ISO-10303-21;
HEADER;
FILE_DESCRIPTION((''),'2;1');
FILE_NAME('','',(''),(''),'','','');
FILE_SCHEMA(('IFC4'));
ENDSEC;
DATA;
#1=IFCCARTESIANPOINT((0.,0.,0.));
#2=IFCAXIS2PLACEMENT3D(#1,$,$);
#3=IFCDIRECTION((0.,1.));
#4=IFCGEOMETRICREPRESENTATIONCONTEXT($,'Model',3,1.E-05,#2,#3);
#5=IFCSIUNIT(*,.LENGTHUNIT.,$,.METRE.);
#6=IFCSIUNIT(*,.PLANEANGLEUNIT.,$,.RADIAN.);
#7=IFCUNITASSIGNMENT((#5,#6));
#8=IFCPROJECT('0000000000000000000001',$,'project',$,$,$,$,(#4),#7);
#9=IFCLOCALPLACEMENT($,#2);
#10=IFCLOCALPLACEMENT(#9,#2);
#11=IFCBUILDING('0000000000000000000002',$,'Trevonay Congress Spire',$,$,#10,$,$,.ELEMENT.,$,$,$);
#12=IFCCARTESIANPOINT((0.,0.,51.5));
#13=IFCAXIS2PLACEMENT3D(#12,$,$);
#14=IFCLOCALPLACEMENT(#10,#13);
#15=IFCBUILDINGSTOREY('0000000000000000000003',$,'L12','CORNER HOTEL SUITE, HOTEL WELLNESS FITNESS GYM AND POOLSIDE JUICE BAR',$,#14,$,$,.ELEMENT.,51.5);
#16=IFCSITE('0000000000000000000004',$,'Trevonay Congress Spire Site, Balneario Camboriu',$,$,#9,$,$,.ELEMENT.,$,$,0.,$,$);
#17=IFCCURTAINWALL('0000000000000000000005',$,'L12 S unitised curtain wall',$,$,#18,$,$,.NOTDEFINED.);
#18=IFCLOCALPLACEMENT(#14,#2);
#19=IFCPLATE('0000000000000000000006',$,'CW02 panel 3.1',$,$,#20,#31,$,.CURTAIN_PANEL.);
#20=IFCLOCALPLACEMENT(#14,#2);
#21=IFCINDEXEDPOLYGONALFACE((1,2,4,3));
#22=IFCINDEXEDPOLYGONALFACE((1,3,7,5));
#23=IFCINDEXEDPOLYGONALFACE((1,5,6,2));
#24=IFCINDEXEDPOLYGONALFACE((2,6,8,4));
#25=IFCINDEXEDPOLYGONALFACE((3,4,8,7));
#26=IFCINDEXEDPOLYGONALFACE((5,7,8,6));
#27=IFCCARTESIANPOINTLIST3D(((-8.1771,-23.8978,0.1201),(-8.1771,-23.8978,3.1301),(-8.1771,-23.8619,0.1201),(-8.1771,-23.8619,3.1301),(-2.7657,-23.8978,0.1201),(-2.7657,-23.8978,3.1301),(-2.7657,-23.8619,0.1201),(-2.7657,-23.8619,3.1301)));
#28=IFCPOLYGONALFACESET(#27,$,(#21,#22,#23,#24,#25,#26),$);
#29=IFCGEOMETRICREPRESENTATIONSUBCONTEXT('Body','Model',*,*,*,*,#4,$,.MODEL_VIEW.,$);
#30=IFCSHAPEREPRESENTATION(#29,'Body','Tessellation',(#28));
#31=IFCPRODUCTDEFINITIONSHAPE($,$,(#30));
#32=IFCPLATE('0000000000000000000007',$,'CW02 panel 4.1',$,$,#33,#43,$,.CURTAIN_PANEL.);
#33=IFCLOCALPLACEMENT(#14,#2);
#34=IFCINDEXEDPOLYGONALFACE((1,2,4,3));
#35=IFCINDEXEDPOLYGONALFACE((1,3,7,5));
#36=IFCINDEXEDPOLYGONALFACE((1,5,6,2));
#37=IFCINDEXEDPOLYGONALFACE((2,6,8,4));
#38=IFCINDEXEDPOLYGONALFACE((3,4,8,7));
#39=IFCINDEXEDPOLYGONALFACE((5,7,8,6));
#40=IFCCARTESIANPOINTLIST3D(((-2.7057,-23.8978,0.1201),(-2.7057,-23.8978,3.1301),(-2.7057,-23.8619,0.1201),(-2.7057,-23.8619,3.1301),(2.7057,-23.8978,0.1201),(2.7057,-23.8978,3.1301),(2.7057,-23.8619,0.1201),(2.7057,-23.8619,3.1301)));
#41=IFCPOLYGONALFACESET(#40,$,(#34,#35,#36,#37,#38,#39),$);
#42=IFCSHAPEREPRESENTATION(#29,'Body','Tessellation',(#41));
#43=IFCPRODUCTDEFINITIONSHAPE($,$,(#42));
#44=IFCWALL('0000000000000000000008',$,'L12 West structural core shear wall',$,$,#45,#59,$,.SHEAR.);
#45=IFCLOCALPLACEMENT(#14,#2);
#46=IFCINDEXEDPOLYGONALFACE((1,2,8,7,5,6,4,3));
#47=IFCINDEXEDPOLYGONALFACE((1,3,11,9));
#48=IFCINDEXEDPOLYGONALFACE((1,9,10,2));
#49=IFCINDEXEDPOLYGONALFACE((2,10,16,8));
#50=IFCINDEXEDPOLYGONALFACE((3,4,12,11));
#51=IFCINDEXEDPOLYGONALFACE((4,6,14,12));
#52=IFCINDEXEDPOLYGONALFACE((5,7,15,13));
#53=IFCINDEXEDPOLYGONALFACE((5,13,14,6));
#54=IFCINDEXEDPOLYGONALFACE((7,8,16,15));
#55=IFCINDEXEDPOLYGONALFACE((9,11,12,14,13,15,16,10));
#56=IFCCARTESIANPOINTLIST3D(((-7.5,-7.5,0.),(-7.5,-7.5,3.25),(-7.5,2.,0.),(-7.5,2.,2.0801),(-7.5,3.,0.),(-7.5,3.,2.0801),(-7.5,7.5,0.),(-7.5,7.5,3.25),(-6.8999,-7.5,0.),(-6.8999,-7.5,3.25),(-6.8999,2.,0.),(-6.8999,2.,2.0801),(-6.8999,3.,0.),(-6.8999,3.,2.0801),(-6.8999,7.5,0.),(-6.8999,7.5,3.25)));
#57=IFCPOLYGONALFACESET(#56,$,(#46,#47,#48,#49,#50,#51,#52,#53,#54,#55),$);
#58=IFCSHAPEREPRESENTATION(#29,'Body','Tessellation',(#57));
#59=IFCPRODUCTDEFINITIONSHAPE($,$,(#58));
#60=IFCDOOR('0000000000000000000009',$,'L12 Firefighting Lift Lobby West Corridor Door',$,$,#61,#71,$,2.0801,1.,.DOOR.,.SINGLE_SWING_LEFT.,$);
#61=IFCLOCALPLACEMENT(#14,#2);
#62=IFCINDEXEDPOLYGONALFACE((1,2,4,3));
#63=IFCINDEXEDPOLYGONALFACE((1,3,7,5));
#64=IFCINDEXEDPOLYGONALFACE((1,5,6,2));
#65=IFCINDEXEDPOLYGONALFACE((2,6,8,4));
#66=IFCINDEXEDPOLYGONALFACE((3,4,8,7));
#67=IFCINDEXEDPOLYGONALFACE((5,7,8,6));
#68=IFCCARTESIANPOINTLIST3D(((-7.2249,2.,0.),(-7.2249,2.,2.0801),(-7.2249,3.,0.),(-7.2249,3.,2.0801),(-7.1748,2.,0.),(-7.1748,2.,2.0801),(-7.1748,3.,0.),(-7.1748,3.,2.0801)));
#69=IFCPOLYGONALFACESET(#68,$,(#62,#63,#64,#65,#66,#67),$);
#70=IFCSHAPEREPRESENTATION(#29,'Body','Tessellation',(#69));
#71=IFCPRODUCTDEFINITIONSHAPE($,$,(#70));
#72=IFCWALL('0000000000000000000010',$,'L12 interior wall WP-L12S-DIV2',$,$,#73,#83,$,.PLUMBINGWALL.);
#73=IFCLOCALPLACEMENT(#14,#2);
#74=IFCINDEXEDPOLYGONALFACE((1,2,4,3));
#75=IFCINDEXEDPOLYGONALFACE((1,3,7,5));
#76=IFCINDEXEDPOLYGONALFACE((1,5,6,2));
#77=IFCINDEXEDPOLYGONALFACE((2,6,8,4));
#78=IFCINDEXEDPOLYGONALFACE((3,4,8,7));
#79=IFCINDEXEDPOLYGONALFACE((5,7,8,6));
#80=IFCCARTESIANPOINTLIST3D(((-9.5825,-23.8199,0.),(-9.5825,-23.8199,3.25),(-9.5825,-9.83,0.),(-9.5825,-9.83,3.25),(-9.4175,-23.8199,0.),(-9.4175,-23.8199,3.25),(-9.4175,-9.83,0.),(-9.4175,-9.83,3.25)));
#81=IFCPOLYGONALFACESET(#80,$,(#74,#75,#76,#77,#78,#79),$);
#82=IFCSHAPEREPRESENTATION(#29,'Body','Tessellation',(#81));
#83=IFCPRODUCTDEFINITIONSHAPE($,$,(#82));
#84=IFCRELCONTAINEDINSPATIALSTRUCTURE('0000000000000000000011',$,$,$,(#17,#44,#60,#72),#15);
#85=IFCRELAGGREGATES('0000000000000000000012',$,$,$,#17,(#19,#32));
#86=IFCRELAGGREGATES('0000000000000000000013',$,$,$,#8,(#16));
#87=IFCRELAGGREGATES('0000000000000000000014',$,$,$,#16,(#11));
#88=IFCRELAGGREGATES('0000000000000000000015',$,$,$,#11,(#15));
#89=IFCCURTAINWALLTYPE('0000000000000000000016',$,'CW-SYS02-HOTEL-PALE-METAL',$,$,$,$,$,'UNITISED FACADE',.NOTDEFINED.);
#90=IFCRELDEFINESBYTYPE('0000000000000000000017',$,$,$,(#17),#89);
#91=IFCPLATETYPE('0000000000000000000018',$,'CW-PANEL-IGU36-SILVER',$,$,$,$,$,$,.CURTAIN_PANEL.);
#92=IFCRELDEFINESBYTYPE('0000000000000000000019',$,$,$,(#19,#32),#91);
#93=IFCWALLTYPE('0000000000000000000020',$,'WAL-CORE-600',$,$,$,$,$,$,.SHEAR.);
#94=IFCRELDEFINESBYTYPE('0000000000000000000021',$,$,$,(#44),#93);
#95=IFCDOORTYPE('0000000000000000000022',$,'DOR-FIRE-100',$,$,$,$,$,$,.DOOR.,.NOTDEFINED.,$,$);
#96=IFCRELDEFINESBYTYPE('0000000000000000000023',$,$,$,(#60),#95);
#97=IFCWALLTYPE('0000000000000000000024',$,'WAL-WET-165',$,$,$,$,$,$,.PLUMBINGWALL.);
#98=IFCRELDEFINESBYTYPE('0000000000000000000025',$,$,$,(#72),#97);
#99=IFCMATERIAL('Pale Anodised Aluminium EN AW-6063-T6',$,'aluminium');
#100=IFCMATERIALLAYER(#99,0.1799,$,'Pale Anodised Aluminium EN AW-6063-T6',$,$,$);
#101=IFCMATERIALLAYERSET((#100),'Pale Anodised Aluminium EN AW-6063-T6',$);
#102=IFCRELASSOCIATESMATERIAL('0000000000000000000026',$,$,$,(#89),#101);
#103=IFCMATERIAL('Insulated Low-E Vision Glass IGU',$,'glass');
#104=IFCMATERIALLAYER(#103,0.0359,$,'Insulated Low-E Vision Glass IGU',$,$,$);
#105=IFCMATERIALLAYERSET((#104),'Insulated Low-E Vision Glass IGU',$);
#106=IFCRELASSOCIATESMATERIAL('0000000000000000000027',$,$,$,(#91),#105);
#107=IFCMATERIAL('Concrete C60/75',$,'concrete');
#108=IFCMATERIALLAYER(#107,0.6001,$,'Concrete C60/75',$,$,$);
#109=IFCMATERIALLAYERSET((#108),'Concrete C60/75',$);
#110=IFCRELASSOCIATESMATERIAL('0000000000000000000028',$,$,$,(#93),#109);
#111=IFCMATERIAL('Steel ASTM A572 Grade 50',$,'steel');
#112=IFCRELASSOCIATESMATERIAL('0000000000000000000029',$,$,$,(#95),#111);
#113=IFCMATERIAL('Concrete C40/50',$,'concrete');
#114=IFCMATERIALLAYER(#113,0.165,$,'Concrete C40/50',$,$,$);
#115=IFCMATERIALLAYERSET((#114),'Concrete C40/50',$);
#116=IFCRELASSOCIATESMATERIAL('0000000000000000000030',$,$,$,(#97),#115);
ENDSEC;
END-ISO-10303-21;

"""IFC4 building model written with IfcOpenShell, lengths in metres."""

from ifc_helpers import new_model, si_unit, direction, frame, frame_2d, origin, origin_2d, place, context, subcontext, project, spatial, rectangle, extrude, material, layer, layer_set, type_object, element, fill, aggregate, save


model = new_model("IFC4")

# Units and contexts
model_context = context("Model", 3, precision=1e-05, world=origin(), true_north=direction((0.0, 1.0)))
body_context = subcontext(model_context, "Body", "Model", "MODEL_VIEW")
ifc_project = project(units=[si_unit("LENGTHUNIT", "METRE"), si_unit("PLANEANGLEUNIT", "RADIAN")], contexts=[model_context])

# Site, building, storey
site_placement = place(None, origin())
site = spatial("IfcSite", under=ifc_project, at=site_placement, Name="Trevonay Congress Spire Site, Balneario Camboriu", CompositionType="ELEMENT", RefElevation=0.0)
building_placement = place(site_placement, origin())
building = spatial("IfcBuilding", under=site, at=building_placement, Name="Trevonay Congress Spire", CompositionType="ELEMENT")
storey_placement = place(building_placement, frame((0.0, 0.0, 51.5)))
storey = spatial("IfcBuildingStorey", under=building, at=storey_placement, Name="L12", Description="CORNER HOTEL SUITE, HOTEL WELLNESS FITNESS GYM AND POOLSIDE JUICE BAR", CompositionType="ELEMENT", Elevation=51.5)

# Shared definitions
ifc_material_1 = material(Name="Steel ASTM A572 Grade 50", Category="steel")

# Curtain wall
ifc_material_2 = material(Name="Pale Anodised Aluminium EN AW-6063-T6", Category="aluminium")
ifc_layer_1 = layer(ifc_material_2, 0.1799, Name="Pale Anodised Aluminium EN AW-6063-T6")
ifc_layer_set_1 = layer_set([ifc_layer_1], Name="Pale Anodised Aluminium EN AW-6063-T6")
curtain_wall_type = type_object("IfcCurtainWallType", Name="CW-SYS02-HOTEL-PALE-METAL", ElementType="UNITISED FACADE", PredefinedType="NOTDEFINED", material=ifc_layer_set_1)
curtain_wall_placement = place(storey_placement, origin())
curtain_wall = element("IfcCurtainWall", 1, at=curtain_wall_placement, inside=storey, type_object=curtain_wall_type, Name="L12 S unitised curtain wall", PredefinedType="NOTDEFINED")

# Plates
ifc_material_3 = material(Name="Insulated Low-E Vision Glass IGU", Category="glass")
ifc_layer_2 = layer(ifc_material_3, 0.0359, Name="Insulated Low-E Vision Glass IGU")
ifc_layer_set_2 = layer_set([ifc_layer_2], Name="Insulated Low-E Vision Glass IGU")
plate_type = type_object("IfcPlateType", Name="CW-PANEL-IGU36-SILVER", PredefinedType="CURTAIN_PANEL", material=ifc_layer_set_2)
plate_1_placement = place(storey_placement, frame((-5.4714, -23.8799, 0.1201), z_axis=(0.0, 0.0, 1.0), x_axis=(1.0, 0.0, 0.0)))
plate_1 = element("IfcPlate", 2, at=plate_1_placement, type_object=plate_type, Name="CW02 panel 3.1", PredefinedType="CURTAIN_PANEL", context=body_context, shape_type="SweptSolid", body=[
    extrude(rectangle(XDim=5.4114, YDim=0.0359, at=origin_2d()), origin(), (0.0, 0.0, 1.0), 3.01),
])
plate_2_placement = place(storey_placement, frame((0.0, -23.8799, 0.1201), z_axis=(0.0, 0.0, 1.0), x_axis=(1.0, 0.0, 0.0)))
plate_2 = element("IfcPlate", 3, at=plate_2_placement, type_object=plate_type, Name="CW02 panel 4.1", PredefinedType="CURTAIN_PANEL", context=body_context, shape_type="SweptSolid", body=[
    extrude(rectangle(XDim=5.4114, YDim=0.0359, at=origin_2d()), origin(), (0.0, 0.0, 1.0), 3.01),
])
aggregate(curtain_wall, [plate_1, plate_2])

# Wall, opening, door
ifc_material_4 = material(Name="Concrete C60/75", Category="concrete")
ifc_layer_3 = layer(ifc_material_4, 0.6001, Name="Concrete C60/75")
ifc_layer_set_3 = layer_set([ifc_layer_3], Name="Concrete C60/75")
wall_type_1 = type_object("IfcWallType", Name="WAL-CORE-600", PredefinedType="SHEAR", material=ifc_layer_set_3)
wall_1_placement = place(storey_placement, frame((-7.2, -7.5, 0.0), z_axis=(0.0, 0.0, 1.0), x_axis=(0.0, 1.0, 0.0)))
wall_1 = element("IfcWall", 4, at=wall_1_placement, inside=storey, type_object=wall_type_1, Name="L12 West structural core shear wall", PredefinedType="SHEAR", context=body_context, shape_type="SweptSolid", body=[
    extrude(rectangle(XDim=15.0, YDim=0.6001, at=frame_2d((7.5, 0.0))), origin(), (0.0, 0.0, 1.0), 3.25),
])
opening_placement = place(wall_1_placement, frame((9.5, 0.0, 0.0)))
opening = element("IfcOpeningElement", 5, at=opening_placement, cuts=wall_1, PredefinedType="OPENING", context=body_context, shape_type="SweptSolid", body=[
    extrude(rectangle(XDim=1.0, YDim=2.0801, at=frame_2d((0.5, 1.04))), frame((0.0, 0.3101, 0.0), z_axis=(0.0, -1.0, 0.0), x_axis=(1.0, 0.0, 0.0)), (0.0, 0.0, 1.0), 0.6201),
])
door_type = type_object("IfcDoorType", Name="DOR-FIRE-100", OperationType="NOTDEFINED", PredefinedType="DOOR", material=ifc_material_1)
door_placement = place(opening_placement, origin())
door = element("IfcDoor", 6, at=door_placement, inside=storey, type_object=door_type, Name="L12 Firefighting Lift Lobby West Corridor Door", OperationType="SINGLE_SWING_LEFT", OverallHeight=2.0801, OverallWidth=1.0, PredefinedType="DOOR", context=body_context, shape_type="SweptSolid", body=[
    extrude(rectangle(XDim=1.0, YDim=2.0801, at=frame_2d((0.5, 1.04))), frame((0.0, 0.0249, 0.0), z_axis=(0.0, -1.0, 0.0), x_axis=(1.0, 0.0, 0.0)), (0.0, 0.0, 1.0), 0.05),
])
fill(opening, door)

# Wall
ifc_material_5 = material(Name="Concrete C40/50", Category="concrete")
ifc_layer_4 = layer(ifc_material_5, 0.165, Name="Concrete C40/50")
ifc_layer_set_4 = layer_set([ifc_layer_4], Name="Concrete C40/50")
wall_type_2 = type_object("IfcWallType", Name="WAL-WET-165", PredefinedType="PLUMBINGWALL", material=ifc_layer_set_4)
wall_2_placement = place(storey_placement, frame((-9.5, -23.8201, 0.0), z_axis=(0.0, 0.0, 1.0), x_axis=(0.0, 1.0, 0.0)))
element("IfcWall", 7, at=wall_2_placement, inside=storey, type_object=wall_type_2, Name="L12 interior wall WP-L12S-DIV2", PredefinedType="PLUMBINGWALL", context=body_context, shape_type="SweptSolid", body=[
    extrude(rectangle(XDim=13.99, YDim=0.165, at=frame_2d((6.9951, 0.0))), origin(), (0.0, 0.0, 1.0), 3.25),
])

save(model, "model.ifc")
